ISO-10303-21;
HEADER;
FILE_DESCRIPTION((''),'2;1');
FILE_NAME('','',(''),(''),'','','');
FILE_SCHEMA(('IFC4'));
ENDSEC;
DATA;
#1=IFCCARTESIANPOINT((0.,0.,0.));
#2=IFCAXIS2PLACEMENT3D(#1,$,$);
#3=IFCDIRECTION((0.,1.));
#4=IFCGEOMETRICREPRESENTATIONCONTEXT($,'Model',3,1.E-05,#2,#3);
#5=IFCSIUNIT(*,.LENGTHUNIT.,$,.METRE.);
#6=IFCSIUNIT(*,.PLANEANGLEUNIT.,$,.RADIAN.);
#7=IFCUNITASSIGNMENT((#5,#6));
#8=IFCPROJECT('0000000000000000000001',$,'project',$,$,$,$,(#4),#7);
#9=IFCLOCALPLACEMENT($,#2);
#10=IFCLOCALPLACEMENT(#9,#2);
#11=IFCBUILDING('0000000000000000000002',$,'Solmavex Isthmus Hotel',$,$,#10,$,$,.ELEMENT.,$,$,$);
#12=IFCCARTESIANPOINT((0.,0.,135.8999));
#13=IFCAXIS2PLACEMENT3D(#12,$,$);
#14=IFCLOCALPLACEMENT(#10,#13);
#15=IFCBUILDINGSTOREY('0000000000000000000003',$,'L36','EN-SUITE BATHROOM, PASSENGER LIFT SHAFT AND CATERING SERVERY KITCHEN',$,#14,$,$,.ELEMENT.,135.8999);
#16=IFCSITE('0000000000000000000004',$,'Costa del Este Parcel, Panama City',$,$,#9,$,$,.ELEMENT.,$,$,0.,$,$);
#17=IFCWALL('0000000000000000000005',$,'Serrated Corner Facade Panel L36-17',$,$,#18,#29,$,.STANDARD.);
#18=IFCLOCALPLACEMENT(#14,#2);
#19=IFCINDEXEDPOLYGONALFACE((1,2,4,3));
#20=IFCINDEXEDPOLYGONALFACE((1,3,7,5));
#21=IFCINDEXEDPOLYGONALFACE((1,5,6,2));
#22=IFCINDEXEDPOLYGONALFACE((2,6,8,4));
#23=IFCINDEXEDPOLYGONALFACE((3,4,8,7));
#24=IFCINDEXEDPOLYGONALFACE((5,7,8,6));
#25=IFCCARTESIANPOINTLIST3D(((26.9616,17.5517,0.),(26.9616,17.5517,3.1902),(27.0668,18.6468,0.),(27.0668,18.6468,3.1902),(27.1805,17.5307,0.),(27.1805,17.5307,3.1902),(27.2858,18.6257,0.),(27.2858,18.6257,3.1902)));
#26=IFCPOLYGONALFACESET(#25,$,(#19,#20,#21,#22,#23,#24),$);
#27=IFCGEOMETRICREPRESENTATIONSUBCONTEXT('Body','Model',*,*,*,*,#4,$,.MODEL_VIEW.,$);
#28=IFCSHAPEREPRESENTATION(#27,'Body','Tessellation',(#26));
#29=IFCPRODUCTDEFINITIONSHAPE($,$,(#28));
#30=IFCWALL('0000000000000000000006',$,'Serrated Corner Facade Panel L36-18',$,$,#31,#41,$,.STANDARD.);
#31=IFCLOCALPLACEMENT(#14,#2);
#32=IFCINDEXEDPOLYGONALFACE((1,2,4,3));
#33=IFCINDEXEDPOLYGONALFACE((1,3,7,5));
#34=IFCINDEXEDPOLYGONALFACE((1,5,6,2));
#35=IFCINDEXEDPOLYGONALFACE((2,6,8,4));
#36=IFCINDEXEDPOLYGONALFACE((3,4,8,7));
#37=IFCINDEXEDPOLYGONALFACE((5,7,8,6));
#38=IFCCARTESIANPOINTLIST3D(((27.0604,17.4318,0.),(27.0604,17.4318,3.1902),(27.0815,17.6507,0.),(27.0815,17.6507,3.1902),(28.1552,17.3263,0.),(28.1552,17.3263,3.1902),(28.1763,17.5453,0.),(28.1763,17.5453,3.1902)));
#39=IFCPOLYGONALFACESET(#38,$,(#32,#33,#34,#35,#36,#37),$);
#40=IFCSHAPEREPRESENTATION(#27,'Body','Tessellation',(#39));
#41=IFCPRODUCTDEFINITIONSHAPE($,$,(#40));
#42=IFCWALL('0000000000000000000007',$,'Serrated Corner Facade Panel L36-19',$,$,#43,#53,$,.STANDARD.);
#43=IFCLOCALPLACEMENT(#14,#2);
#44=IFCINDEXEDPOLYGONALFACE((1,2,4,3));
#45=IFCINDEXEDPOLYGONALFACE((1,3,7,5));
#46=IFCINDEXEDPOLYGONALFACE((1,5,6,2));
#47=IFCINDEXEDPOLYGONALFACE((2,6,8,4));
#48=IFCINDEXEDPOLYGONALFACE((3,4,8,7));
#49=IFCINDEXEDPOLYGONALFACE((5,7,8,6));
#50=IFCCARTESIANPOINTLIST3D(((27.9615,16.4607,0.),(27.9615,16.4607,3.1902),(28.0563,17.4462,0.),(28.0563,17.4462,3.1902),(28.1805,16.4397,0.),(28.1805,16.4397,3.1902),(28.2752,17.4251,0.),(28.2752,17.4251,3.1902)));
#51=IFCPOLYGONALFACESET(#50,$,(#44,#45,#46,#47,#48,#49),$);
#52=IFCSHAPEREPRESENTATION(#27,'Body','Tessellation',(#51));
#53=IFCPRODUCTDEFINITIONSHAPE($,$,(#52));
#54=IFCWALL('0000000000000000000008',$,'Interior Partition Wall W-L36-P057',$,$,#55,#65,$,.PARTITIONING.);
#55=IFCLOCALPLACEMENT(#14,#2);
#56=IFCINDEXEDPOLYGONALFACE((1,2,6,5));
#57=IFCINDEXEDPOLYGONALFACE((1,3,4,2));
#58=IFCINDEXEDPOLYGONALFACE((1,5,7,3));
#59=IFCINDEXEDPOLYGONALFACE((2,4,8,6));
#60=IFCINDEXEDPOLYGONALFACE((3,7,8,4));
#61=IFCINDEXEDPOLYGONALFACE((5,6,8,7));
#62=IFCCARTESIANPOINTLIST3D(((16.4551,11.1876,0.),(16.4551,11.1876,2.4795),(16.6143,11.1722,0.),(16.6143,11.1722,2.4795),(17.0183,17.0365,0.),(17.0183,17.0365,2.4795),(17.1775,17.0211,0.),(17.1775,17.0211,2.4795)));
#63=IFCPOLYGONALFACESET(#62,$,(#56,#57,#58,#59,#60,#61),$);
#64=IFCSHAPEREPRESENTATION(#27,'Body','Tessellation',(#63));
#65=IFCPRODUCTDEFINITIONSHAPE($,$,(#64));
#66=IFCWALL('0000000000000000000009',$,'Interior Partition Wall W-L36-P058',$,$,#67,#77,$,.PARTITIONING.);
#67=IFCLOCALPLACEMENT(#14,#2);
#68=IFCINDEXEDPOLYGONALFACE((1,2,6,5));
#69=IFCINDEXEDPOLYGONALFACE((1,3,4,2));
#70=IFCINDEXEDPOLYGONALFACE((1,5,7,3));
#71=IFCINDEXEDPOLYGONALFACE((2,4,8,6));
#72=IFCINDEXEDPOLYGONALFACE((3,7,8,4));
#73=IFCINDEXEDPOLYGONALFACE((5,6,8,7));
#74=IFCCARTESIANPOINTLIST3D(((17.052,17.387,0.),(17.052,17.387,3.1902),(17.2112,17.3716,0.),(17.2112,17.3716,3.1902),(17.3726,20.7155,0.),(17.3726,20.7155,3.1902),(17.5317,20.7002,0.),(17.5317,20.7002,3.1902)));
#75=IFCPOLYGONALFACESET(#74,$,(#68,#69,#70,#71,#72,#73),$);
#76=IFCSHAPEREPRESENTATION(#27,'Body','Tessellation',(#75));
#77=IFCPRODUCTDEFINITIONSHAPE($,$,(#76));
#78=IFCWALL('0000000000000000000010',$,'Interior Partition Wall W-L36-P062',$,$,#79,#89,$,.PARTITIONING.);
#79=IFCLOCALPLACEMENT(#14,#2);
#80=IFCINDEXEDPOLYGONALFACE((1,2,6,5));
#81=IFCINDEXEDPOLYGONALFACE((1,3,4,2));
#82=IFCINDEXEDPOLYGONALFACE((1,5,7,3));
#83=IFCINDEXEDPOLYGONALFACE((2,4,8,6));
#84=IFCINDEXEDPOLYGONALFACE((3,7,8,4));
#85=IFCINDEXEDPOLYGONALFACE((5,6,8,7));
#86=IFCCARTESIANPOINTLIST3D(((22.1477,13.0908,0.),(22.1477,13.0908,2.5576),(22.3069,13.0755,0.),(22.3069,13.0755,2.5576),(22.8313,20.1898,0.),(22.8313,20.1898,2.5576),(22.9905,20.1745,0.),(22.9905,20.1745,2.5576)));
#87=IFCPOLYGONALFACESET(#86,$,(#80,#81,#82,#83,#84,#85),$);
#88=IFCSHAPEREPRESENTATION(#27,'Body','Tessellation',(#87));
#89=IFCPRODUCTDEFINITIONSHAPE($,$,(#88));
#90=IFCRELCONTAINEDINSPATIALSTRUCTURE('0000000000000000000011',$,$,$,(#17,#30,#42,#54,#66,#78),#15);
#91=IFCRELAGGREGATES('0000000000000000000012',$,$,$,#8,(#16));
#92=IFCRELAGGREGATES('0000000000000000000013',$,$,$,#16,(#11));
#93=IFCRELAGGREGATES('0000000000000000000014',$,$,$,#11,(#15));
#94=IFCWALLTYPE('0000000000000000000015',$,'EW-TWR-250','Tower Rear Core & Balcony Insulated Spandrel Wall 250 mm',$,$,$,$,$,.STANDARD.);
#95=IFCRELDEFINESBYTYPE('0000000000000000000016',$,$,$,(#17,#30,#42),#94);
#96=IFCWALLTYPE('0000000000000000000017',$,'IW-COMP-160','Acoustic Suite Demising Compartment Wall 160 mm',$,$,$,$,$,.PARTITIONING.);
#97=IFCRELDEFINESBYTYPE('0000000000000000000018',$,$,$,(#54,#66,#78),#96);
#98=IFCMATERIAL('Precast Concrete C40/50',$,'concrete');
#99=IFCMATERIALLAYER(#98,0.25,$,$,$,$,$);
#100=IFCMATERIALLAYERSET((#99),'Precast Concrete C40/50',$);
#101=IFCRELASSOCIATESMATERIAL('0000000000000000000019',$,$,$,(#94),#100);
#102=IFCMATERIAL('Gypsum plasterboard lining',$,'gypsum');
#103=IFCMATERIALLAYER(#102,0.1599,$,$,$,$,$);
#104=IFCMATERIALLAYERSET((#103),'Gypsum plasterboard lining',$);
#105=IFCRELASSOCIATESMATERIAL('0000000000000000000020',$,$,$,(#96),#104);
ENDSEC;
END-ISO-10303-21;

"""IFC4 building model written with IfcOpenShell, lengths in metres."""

from ifc_helpers import new_model, si_unit, direction, frame, frame_2d, origin, place, context, subcontext, project, spatial, rectangle, extrude, material, layer, layer_set, type_object, element, save


model = new_model("IFC4")

# Units and contexts
model_context = context("Model", 3, precision=1e-05, world=origin(), true_north=direction((0.0, 1.0)))
body_context = subcontext(model_context, "Body", "Model", "MODEL_VIEW")
ifc_project = project(units=[si_unit("LENGTHUNIT", "METRE"), si_unit("PLANEANGLEUNIT", "RADIAN")], contexts=[model_context])

# Site, building, storey
site_placement = place(None, origin())
site = spatial("IfcSite", under=ifc_project, at=site_placement, Name="Costa del Este Parcel, Panama City", CompositionType="ELEMENT", RefElevation=0.0)
building_placement = place(site_placement, origin())
building = spatial("IfcBuilding", under=site, at=building_placement, Name="Solmavex Isthmus Hotel", CompositionType="ELEMENT")
storey_placement = place(building_placement, frame((0.0, 0.0, 135.8999)))
storey = spatial("IfcBuildingStorey", under=building, at=storey_placement, Name="L36", Description="EN-SUITE BATHROOM, PASSENGER LIFT SHAFT AND CATERING SERVERY KITCHEN", CompositionType="ELEMENT", Elevation=135.8999)

# Walls
ifc_material_1 = material(Name="Precast Concrete C40/50", Category="concrete")
ifc_layer_1 = layer(ifc_material_1, 0.25)
ifc_layer_set_1 = layer_set([ifc_layer_1], Name="Precast Concrete C40/50")
wall_type_1 = type_object("IfcWallType", Name="EW-TWR-250", Description="Tower Rear Core & Balcony Insulated Spandrel Wall 250 mm", PredefinedType="STANDARD", material=ifc_layer_set_1)
wall_1_placement = place(storey_placement, frame((27.1763, 18.6362, 0.0), z_axis=(0.0, 0.0, 1.0), x_axis=(-0.095657, -0.995414, 0.0)))
element("IfcWall", 1, at=wall_1_placement, inside=storey, type_object=wall_type_1, Name="Serrated Corner Facade Panel L36-17", PredefinedType="STANDARD", context=body_context, shape_type="SweptSolid", body=[
    extrude(rectangle(XDim=1.1001, YDim=0.22, at=frame_2d((0.55, 0.0))), origin(), (0.0, 0.0, 1.0), 3.1902),
])
wall_2_placement = place(storey_placement, frame((27.071, 17.5413, 0.0), z_axis=(0.0, 0.0, 1.0), x_axis=(0.995391, -0.095899, 0.0)))
element("IfcWall", 2, at=wall_2_placement, inside=storey, type_object=wall_type_1, Name="Serrated Corner Facade Panel L36-18", PredefinedType="STANDARD", context=body_context, shape_type="SweptSolid", body=[
    extrude(rectangle(XDim=1.0999, YDim=0.22, at=frame_2d((0.5498, 0.0))), origin(), (0.0, 0.0, 1.0), 3.1902),
])
wall_3_placement = place(storey_placement, frame((28.1658, 17.4358, 0.0), z_axis=(0.0, 0.0, 1.0), x_axis=(-0.095694, -0.995411, 0.0)))
element("IfcWall", 3, at=wall_3_placement, inside=storey, type_object=wall_type_1, Name="Serrated Corner Facade Panel L36-19", PredefinedType="STANDARD", context=body_context, shape_type="SweptSolid", body=[
    extrude(rectangle(XDim=0.99, YDim=0.22, at=frame_2d((0.4951, 0.0))), origin(), (0.0, 0.0, 1.0), 3.1902),
])
ifc_material_2 = material(Name="Gypsum plasterboard lining", Category="gypsum")
ifc_layer_2 = layer(ifc_material_2, 0.1599)
ifc_layer_set_2 = layer_set([ifc_layer_2], Name="Gypsum plasterboard lining")
wall_type_2 = type_object("IfcWallType", Name="IW-COMP-160", Description="Acoustic Suite Demising Compartment Wall 160 mm", PredefinedType="PARTITIONING", material=ifc_layer_set_2)
wall_4_placement = place(storey_placement, frame((17.0979, 17.0288, 0.0), z_axis=(0.0, 0.0, 1.0), x_axis=(-0.095854, -0.995395, 0.0)))
element("IfcWall", 4, at=wall_4_placement, inside=storey, type_object=wall_type_2, Name="Interior Partition Wall W-L36-P057", PredefinedType="PARTITIONING", context=body_context, shape_type="SweptSolid", body=[
    extrude(rectangle(XDim=5.876, YDim=0.1599, at=frame_2d((2.938, 0.0))), origin(), (0.0, 0.0, 1.0), 2.4795),
])
wall_5_placement = place(storey_placement, frame((17.4521, 20.7078, 0.0), z_axis=(0.0, 0.0, 1.0), x_axis=(-0.09586, -0.995395, 0.0)))
element("IfcWall", 5, at=wall_5_placement, inside=storey, type_object=wall_type_2, Name="Interior Partition Wall W-L36-P058", PredefinedType="PARTITIONING", context=body_context, shape_type="SweptSolid", body=[
    extrude(rectangle(XDim=3.344, YDim=0.1599, at=frame_2d((1.6719, 0.0))), origin(), (0.0, 0.0, 1.0), 3.1902),
])
wall_6_placement = place(storey_placement, frame((22.9109, 20.1821, 0.0), z_axis=(0.0, 0.0, 1.0), x_axis=(-0.095849, -0.995396, 0.0)))
element("IfcWall", 6, at=wall_6_placement, inside=storey, type_object=wall_type_2, Name="Interior Partition Wall W-L36-P062", PredefinedType="PARTITIONING", context=body_context, shape_type="SweptSolid", body=[
    extrude(rectangle(XDim=7.1318, YDim=0.1599, at=frame_2d((3.5659, 0.0))), origin(), (0.0, 0.0, 1.0), 2.5576),
])

save(model, "model.ifc")
